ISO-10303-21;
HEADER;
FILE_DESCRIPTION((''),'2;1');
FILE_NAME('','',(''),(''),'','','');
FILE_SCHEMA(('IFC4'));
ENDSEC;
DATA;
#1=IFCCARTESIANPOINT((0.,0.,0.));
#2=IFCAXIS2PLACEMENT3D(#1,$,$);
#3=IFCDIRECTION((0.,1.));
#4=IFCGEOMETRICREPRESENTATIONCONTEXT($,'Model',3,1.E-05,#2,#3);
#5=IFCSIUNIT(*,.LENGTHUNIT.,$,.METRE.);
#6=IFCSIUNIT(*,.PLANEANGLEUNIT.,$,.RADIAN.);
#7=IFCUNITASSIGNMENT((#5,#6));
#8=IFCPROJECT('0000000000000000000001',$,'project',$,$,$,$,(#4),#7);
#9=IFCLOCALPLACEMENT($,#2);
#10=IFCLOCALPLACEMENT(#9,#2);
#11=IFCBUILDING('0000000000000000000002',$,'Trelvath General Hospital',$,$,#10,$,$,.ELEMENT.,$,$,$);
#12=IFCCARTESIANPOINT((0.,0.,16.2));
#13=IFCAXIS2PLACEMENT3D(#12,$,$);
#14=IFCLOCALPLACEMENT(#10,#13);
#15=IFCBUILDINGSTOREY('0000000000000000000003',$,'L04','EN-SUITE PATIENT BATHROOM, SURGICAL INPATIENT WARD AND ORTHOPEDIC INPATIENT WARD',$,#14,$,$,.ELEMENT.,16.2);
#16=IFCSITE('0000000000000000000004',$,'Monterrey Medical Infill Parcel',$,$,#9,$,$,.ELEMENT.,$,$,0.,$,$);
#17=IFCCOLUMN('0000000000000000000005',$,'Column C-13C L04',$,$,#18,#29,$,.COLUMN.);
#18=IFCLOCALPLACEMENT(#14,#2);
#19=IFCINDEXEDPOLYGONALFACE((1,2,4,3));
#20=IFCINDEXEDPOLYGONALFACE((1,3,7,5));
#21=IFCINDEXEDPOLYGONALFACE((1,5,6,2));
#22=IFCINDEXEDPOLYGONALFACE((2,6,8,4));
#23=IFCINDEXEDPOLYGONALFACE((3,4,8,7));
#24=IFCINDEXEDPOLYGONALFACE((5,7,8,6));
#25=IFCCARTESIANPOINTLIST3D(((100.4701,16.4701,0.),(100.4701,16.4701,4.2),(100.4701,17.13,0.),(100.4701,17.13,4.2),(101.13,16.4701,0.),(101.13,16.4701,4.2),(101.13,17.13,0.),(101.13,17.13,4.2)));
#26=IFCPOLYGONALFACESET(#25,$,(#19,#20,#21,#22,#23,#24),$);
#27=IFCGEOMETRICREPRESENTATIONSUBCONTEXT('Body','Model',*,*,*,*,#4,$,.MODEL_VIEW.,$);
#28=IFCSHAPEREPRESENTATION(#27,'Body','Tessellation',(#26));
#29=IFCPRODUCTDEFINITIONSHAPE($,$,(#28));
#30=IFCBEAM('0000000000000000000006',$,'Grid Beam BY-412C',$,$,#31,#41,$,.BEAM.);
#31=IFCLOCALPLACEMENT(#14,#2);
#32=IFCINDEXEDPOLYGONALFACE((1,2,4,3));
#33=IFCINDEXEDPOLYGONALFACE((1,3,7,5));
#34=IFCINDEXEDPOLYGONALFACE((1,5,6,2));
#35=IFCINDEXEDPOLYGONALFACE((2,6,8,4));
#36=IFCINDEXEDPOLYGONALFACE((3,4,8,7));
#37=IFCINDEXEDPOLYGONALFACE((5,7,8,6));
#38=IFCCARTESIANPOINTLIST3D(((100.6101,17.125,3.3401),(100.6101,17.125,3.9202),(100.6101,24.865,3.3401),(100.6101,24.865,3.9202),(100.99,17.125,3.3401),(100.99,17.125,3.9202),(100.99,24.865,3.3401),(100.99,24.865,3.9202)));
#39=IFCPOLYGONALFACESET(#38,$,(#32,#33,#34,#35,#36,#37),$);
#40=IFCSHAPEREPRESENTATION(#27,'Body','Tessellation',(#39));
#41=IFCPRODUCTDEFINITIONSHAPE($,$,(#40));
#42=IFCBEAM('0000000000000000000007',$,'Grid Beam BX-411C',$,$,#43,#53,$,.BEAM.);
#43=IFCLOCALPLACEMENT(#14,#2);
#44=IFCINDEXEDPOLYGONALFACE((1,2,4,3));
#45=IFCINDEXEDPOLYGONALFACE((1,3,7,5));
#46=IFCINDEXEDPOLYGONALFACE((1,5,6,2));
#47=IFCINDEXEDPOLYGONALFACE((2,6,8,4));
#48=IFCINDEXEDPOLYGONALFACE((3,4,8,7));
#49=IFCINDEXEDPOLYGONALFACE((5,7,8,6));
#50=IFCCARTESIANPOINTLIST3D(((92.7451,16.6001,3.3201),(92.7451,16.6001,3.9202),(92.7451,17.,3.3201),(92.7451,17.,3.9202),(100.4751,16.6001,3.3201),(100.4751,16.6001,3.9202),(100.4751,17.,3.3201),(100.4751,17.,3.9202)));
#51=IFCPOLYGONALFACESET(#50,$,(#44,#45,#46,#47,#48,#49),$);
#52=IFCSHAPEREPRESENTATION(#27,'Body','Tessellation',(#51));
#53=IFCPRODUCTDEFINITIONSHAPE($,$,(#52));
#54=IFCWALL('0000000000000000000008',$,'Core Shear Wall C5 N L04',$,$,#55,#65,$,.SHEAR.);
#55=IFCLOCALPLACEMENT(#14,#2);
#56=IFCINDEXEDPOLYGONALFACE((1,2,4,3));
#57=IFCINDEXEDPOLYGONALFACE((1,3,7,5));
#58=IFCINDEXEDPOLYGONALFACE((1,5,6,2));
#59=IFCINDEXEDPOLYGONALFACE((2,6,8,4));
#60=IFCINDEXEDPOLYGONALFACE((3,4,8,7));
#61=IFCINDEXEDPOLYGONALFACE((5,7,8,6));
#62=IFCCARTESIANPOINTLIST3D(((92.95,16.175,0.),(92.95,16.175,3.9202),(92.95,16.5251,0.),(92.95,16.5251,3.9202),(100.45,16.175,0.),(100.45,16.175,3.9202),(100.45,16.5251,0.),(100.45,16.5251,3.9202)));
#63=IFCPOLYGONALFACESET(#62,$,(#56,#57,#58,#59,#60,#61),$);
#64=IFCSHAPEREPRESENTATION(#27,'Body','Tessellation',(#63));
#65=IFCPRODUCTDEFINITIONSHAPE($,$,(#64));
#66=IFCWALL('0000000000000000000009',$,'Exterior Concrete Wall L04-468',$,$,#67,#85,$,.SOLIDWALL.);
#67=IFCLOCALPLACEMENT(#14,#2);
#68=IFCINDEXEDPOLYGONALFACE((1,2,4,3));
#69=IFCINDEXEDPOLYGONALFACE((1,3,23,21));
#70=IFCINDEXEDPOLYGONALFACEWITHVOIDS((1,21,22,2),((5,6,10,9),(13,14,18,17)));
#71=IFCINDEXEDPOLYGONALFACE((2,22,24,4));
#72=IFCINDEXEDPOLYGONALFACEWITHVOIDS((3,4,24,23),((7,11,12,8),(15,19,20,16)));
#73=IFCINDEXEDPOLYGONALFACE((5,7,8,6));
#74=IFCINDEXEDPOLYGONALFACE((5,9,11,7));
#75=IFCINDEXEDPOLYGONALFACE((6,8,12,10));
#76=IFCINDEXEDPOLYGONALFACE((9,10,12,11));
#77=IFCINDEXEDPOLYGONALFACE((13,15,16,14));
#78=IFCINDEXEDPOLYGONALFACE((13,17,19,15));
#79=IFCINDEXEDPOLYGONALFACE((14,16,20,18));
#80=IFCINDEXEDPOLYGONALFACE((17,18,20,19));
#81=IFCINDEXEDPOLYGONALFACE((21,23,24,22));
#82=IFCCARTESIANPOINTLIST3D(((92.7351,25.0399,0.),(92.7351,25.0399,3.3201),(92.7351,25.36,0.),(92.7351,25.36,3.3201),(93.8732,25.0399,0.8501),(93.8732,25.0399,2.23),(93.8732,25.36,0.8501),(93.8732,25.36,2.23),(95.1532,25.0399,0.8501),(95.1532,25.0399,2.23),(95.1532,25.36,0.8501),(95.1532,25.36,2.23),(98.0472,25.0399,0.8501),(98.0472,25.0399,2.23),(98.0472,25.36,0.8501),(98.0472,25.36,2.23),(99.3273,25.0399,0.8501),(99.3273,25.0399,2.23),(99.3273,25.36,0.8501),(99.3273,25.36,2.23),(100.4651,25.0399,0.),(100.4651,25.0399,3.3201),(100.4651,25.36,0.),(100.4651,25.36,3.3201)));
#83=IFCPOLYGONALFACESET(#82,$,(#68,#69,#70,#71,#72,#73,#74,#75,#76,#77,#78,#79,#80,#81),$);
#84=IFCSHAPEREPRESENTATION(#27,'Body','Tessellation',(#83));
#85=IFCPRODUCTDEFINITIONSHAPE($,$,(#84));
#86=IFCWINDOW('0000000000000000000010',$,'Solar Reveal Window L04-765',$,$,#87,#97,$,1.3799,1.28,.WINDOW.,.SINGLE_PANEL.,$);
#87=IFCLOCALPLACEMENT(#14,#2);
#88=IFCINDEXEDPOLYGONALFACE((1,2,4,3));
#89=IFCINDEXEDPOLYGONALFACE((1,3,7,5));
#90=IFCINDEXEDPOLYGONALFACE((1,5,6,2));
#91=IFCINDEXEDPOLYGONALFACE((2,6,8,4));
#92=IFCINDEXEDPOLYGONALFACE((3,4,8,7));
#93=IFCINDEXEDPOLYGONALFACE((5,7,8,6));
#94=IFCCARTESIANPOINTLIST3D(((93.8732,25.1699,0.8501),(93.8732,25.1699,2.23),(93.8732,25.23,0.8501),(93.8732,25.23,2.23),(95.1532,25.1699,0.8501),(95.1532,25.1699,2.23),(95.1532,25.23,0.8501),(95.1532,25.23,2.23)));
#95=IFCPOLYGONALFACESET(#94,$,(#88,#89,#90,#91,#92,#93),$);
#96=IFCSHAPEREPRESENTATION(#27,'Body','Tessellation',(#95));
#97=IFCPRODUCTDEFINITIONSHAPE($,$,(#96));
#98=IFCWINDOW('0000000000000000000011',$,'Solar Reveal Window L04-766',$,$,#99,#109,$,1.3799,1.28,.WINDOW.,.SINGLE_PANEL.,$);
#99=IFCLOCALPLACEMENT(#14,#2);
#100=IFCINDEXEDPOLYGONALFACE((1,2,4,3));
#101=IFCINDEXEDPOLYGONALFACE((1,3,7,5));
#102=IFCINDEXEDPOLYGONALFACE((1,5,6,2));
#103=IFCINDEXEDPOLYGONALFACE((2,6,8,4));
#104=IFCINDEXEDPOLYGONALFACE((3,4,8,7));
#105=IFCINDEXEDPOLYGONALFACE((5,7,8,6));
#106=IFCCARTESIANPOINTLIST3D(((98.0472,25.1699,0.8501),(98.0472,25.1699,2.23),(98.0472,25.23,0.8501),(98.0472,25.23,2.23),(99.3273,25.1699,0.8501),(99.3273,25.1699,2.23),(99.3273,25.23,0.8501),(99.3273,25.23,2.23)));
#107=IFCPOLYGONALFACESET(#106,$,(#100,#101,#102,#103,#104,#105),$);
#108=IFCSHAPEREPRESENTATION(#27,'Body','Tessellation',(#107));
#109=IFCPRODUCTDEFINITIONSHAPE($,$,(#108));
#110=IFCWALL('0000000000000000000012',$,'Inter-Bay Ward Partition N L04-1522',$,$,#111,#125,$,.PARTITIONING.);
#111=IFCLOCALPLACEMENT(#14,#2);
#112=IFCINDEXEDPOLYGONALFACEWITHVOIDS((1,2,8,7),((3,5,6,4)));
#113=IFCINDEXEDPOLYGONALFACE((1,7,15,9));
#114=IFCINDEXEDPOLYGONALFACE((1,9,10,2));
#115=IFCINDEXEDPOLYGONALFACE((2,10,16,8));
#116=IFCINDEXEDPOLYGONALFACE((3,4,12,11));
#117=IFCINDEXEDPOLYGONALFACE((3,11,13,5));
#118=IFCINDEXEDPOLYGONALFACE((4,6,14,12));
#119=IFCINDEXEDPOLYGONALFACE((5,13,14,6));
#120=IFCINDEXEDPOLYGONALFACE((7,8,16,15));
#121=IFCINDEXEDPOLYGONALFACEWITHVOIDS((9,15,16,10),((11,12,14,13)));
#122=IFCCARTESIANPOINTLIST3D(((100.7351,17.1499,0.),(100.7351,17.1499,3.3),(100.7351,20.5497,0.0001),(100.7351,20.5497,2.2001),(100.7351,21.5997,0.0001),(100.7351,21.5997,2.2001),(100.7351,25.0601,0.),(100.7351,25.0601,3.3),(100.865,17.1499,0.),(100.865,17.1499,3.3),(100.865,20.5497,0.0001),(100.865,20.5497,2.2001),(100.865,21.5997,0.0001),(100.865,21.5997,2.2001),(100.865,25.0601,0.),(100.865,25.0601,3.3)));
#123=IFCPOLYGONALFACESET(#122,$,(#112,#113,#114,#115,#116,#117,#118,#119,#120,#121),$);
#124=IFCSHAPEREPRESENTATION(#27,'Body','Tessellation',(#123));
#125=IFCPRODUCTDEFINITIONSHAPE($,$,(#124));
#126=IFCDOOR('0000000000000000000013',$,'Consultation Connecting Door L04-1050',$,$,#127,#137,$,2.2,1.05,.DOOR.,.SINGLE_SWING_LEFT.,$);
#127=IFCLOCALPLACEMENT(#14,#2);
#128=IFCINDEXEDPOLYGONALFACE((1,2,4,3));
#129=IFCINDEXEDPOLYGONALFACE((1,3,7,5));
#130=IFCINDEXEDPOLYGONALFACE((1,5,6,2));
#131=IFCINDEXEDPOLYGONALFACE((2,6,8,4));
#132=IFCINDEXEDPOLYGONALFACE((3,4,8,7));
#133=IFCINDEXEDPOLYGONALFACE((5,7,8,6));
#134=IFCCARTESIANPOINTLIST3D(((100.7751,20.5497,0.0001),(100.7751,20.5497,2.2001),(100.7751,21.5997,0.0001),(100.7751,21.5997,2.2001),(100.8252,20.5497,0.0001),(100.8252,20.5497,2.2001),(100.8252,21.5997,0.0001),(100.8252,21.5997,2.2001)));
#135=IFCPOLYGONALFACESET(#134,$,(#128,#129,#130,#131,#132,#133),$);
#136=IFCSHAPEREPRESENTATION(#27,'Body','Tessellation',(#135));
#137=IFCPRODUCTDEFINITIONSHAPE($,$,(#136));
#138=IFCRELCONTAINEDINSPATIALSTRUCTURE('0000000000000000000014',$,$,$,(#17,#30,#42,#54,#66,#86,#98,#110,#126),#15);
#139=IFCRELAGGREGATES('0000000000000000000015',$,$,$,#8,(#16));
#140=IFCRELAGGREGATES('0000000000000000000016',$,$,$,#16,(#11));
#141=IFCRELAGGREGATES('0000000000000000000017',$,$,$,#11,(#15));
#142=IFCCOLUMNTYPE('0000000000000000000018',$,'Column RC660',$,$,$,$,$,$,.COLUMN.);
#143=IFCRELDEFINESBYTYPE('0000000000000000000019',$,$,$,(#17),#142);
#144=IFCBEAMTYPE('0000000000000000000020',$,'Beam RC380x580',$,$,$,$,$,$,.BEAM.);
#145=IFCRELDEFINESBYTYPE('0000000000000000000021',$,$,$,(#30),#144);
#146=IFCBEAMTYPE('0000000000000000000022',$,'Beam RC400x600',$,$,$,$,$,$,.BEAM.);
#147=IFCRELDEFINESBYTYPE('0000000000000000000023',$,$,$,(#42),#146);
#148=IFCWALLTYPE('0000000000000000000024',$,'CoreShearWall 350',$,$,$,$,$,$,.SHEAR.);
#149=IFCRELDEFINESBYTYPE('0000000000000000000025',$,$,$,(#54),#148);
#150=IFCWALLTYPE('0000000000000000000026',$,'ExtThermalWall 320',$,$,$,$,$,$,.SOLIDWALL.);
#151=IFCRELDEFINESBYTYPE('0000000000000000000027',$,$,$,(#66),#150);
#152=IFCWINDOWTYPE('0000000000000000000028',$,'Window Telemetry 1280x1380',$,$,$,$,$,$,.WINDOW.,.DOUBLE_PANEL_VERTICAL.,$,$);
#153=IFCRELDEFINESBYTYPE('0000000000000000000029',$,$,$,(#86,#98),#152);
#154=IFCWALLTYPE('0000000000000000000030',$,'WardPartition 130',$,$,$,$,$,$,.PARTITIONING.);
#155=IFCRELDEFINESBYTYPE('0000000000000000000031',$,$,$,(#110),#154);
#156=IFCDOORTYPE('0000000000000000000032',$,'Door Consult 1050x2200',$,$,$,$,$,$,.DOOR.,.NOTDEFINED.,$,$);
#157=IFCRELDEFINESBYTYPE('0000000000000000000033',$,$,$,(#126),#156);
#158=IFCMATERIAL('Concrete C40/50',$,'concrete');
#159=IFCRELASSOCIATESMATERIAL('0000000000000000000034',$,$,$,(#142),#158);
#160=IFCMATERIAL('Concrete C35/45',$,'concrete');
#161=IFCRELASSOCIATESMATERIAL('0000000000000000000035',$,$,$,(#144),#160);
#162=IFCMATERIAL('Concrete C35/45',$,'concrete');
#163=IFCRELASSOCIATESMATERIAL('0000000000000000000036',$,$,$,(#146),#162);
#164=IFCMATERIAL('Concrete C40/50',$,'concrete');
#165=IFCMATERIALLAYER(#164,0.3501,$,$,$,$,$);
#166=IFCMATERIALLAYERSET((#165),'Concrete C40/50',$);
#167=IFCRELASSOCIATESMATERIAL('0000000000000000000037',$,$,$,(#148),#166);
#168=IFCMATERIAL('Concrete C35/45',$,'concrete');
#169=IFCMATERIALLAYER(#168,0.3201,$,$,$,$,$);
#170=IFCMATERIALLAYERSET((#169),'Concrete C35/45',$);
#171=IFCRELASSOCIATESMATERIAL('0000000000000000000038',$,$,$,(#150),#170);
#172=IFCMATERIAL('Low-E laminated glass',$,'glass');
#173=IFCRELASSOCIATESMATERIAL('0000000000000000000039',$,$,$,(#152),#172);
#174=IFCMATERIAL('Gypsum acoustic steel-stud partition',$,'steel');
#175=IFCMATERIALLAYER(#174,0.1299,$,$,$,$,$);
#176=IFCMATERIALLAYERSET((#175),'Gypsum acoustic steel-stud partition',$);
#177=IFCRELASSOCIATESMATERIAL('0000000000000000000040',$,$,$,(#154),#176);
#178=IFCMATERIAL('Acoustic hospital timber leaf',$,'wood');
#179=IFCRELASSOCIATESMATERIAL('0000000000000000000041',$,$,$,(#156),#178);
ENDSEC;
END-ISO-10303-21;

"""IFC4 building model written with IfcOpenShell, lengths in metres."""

from ifc_helpers import new_model, si_unit, direction, frame, frame_2d, origin, origin_2d, place, context, subcontext, project, spatial, rectangle, extrude, material, layer, layer_set, material_profile, profile_set, type_object, element, fill, save


model = new_model("IFC4")

# Units and contexts
model_context = context("Model", 3, precision=1e-05, world=origin(), true_north=direction((0.0, 1.0)))
body_context = subcontext(model_context, "Body", "Model", "MODEL_VIEW")
ifc_project = project(units=[si_unit("LENGTHUNIT", "METRE"), si_unit("PLANEANGLEUNIT", "RADIAN")], contexts=[model_context])

# Site, building, storey
site_placement = place(None, origin())
site = spatial("IfcSite", under=ifc_project, at=site_placement, Name="Monterrey Medical Infill Parcel", CompositionType="ELEMENT", RefElevation=0.0)
building_placement = place(site_placement, origin())
building = spatial("IfcBuilding", under=site, at=building_placement, Name="Trelvath General Hospital", CompositionType="ELEMENT")
storey_placement = place(building_placement, frame((0.0, 0.0, 16.2)))
storey = spatial("IfcBuildingStorey", under=building, at=storey_placement, Name="L04", Description="EN-SUITE PATIENT BATHROOM, SURGICAL INPATIENT WARD AND ORTHOPEDIC INPATIENT WARD", CompositionType="ELEMENT", Elevation=16.2)

# Column
ifc_material_1 = material(Name="Concrete C40/50", Category="concrete")
ifc_material_profile_1 = material_profile(ifc_material_1, rectangle(XDim=0.6599, YDim=0.6599, at=origin_2d()), Name="RC660x660")
ifc_profile_set_1 = profile_set([ifc_material_profile_1], Name="Concrete C40/50")
column_type = type_object("IfcColumnType", Name="Column RC660", PredefinedType="COLUMN", material=ifc_profile_set_1)
column_placement = place(storey_placement, frame((100.8, 16.8, 0.0), z_axis=(0.0, 0.0, 1.0), x_axis=(1.0, 0.0, 0.0)))
element("IfcColumn", 1, at=column_placement, inside=storey, type_object=column_type, Name="Column C-13C L04", PredefinedType="COLUMN", context=body_context, shape_type="SweptSolid", body=[
    extrude(rectangle(XDim=0.6599, YDim=0.6599, at=origin_2d()), origin(), (0.0, 0.0, 1.0), 4.2),
])

# Beams
ifc_material_2 = material(Name="Concrete C35/45", Category="concrete")
ifc_material_profile_2 = material_profile(ifc_material_2, rectangle(XDim=0.3799, YDim=0.5801, at=origin_2d()), Name="RCB380x580")
ifc_profile_set_2 = profile_set([ifc_material_profile_2], Name="Concrete C35/45")
beam_type_1 = type_object("IfcBeamType", Name="Beam RC380x580", PredefinedType="BEAM", material=ifc_profile_set_2)
beam_1_placement = place(storey_placement, frame((100.8, 17.125, 3.6301), z_axis=(0.0, 1.0, 0.0), x_axis=(-1.0, 0.0, 0.0)))
element("IfcBeam", 2, at=beam_1_placement, inside=storey, type_object=beam_type_1, Name="Grid Beam BY-412C", PredefinedType="BEAM", context=body_context, shape_type="SweptSolid", body=[
    extrude(rectangle(XDim=0.3799, YDim=0.5801, at=origin_2d()), origin(), (0.0, 0.0, 1.0), 7.74),
])
ifc_material_3 = material(Name="Concrete C35/45", Category="concrete")
ifc_material_profile_3 = material_profile(ifc_material_3, rectangle(XDim=0.3999, YDim=0.6001, at=origin_2d()), Name="RCB400x600")
ifc_profile_set_3 = profile_set([ifc_material_profile_3], Name="Concrete C35/45")
beam_type_2 = type_object("IfcBeamType", Name="Beam RC400x600", PredefinedType="BEAM", material=ifc_profile_set_3)
beam_2_placement = place(storey_placement, frame((92.7451, 16.8, 3.6201), z_axis=(1.0, 0.0, 0.0), x_axis=(0.0, 1.0, 0.0)))
element("IfcBeam", 3, at=beam_2_placement, inside=storey, type_object=beam_type_2, Name="Grid Beam BX-411C", PredefinedType="BEAM", context=body_context, shape_type="SweptSolid", body=[
    extrude(rectangle(XDim=0.3999, YDim=0.6001, at=origin_2d()), origin(), (0.0, 0.0, 1.0), 7.73),
])

# Wall
ifc_material_4 = material(Name="Concrete C40/50", Category="concrete")
ifc_layer_1 = layer(ifc_material_4, 0.3501)
ifc_layer_set_1 = layer_set([ifc_layer_1], Name="Concrete C40/50")
wall_type_1 = type_object("IfcWallType", Name="CoreShearWall 350", PredefinedType="SHEAR", material=ifc_layer_set_1)
wall_1_placement = place(storey_placement, frame((92.95, 16.3501, 0.0), z_axis=(0.0, 0.0, 1.0), x_axis=(1.0, 0.0, 0.0)))
element("IfcWall", 4, at=wall_1_placement, inside=storey, type_object=wall_type_1, Name="Core Shear Wall C5 N L04", PredefinedType="SHEAR", context=body_context, shape_type="SweptSolid", body=[
    extrude(rectangle(XDim=7.5, YDim=0.3501, at=frame_2d((3.75, 0.0))), origin(), (0.0, 0.0, 1.0), 3.9202),
])

# Wall, openings, windows
ifc_material_5 = material(Name="Concrete C35/45", Category="concrete")
ifc_layer_2 = layer(ifc_material_5, 0.3201)
ifc_layer_set_2 = layer_set([ifc_layer_2], Name="Concrete C35/45")
wall_type_2 = type_object("IfcWallType", Name="ExtThermalWall 320", PredefinedType="SOLIDWALL", material=ifc_layer_set_2)
wall_2_placement = place(storey_placement, frame((92.7351, 25.2, 0.0), z_axis=(0.0, 0.0, 1.0), x_axis=(1.0, 0.0, 0.0)))
wall_2 = element("IfcWall", 5, at=wall_2_placement, inside=storey, type_object=wall_type_2, Name="Exterior Concrete Wall L04-468", PredefinedType="SOLIDWALL", context=body_context, shape_type="SweptSolid", body=[
    extrude(rectangle(XDim=7.73, YDim=0.3201, at=frame_2d((3.865, 0.0))), origin(), (0.0, 0.0, 1.0), 3.3201),
])
opening_1_placement = place(wall_2_placement, frame((1.1379, 0.0, 0.8501)))
opening_1 = element("IfcOpeningElement", 6, at=opening_1_placement, cuts=wall_2, PredefinedType="OPENING", context=body_context, shape_type="SweptSolid", body=[
    extrude(rectangle(XDim=1.28, YDim=1.3799, at=frame_2d((0.6401, 0.6899))), frame((0.0, 0.1699, 0.0), z_axis=(0.0, -1.0, 0.0), x_axis=(1.0, 0.0, 0.0)), (0.0, 0.0, 1.0), 0.3401),
])
opening_2_placement = place(wall_2_placement, frame((5.312, 0.0, 0.8501)))
opening_2 = element("IfcOpeningElement", 7, at=opening_2_placement, cuts=wall_2, PredefinedType="OPENING", context=body_context, shape_type="SweptSolid", body=[
    extrude(rectangle(XDim=1.28, YDim=1.3799, at=frame_2d((0.6401, 0.6899))), frame((0.0, 0.1699, 0.0), z_axis=(0.0, -1.0, 0.0), x_axis=(1.0, 0.0, 0.0)), (0.0, 0.0, 1.0), 0.3401),
])
ifc_material_6 = material(Name="Low-E laminated glass", Category="glass")
window_type = type_object("IfcWindowType", Name="Window Telemetry 1280x1380", PartitioningType="DOUBLE_PANEL_VERTICAL", PredefinedType="WINDOW", material=ifc_material_6)
window_1_placement = place(opening_1_placement, origin())
window_1 = element("IfcWindow", 8, at=window_1_placement, inside=storey, type_object=window_type, Name="Solar Reveal Window L04-765", OverallHeight=1.3799, OverallWidth=1.28, PartitioningType="SINGLE_PANEL", PredefinedType="WINDOW", context=body_context, shape_type="SweptSolid", body=[
    extrude(rectangle(XDim=1.28, YDim=1.3799, at=frame_2d((0.6401, 0.6899))), frame((0.0, 0.03, 0.0), z_axis=(0.0, -1.0, 0.0), x_axis=(1.0, 0.0, 0.0)), (0.0, 0.0, 1.0), 0.0601),
])
fill(opening_1, window_1)
window_2_placement = place(opening_2_placement, origin())
window_2 = element("IfcWindow", 9, at=window_2_placement, inside=storey, type_object=window_type, Name="Solar Reveal Window L04-766", OverallHeight=1.3799, OverallWidth=1.28, PartitioningType="SINGLE_PANEL", PredefinedType="WINDOW", context=body_context, shape_type="SweptSolid", body=[
    extrude(rectangle(XDim=1.28, YDim=1.3799, at=frame_2d((0.6401, 0.6899))), frame((0.0, 0.03, 0.0), z_axis=(0.0, -1.0, 0.0), x_axis=(1.0, 0.0, 0.0)), (0.0, 0.0, 1.0), 0.0601),
])
fill(opening_2, window_2)

# Wall, opening, door
ifc_material_7 = material(Name="Gypsum acoustic steel-stud partition", Category="steel")
ifc_layer_3 = layer(ifc_material_7, 0.1299)
ifc_layer_set_3 = layer_set([ifc_layer_3], Name="Gypsum acoustic steel-stud partition")
wall_type_3 = type_object("IfcWallType", Name="WardPartition 130", PredefinedType="PARTITIONING", material=ifc_layer_set_3)
wall_3_placement = place(storey_placement, frame((100.8, 17.1499, 0.0), z_axis=(0.0, 0.0, 1.0), x_axis=(0.0, 1.0, 0.0)))
wall_3 = element("IfcWall", 10, at=wall_3_placement, inside=storey, type_object=wall_type_3, Name="Inter-Bay Ward Partition N L04-1522", PredefinedType="PARTITIONING", context=body_context, shape_type="SweptSolid", body=[
    extrude(rectangle(XDim=7.9102, YDim=0.1299, at=frame_2d((3.9551, 0.0))), origin(), (0.0, 0.0, 1.0), 3.3),
])
opening_3_placement = place(wall_3_placement, frame((3.3999, 0.0, 0.0)))
opening_3 = element("IfcOpeningElement", 11, at=opening_3_placement, cuts=wall_3, PredefinedType="OPENING", context=body_context, shape_type="SweptSolid", body=[
    extrude(rectangle(XDim=1.05, YDim=2.2, at=frame_2d((0.5249, 1.1001))), frame((0.0, 0.075, 0.0), z_axis=(0.0, -1.0, 0.0), x_axis=(1.0, 0.0, 0.0)), (0.0, 0.0, 1.0), 0.1499),
])
ifc_material_8 = material(Name="Acoustic hospital timber leaf", Category="wood")
door_type_1 = type_object("IfcDoorType", Name="Door Consult 1050x2200", OperationType="NOTDEFINED", PredefinedType="DOOR", material=ifc_material_8)
door_1_placement = place(opening_3_placement, origin())
door_1 = element("IfcDoor", 12, at=door_1_placement, inside=storey, type_object=door_type_1, Name="Consultation Connecting Door L04-1050", OperationType="SINGLE_SWING_LEFT", OverallHeight=2.2, OverallWidth=1.05, PredefinedType="DOOR", context=body_context, shape_type="SweptSolid", body=[
    extrude(rectangle(XDim=1.05, YDim=2.2, at=frame_2d((0.5249, 1.1001))), frame((0.0, 0.0249, 0.0), z_axis=(0.0, -1.0, 0.0), x_axis=(1.0, 0.0, 0.0)), (0.0, 0.0, 1.0), 0.05),
])
fill(opening_3, door_1)

save(model, "model.ifc")
